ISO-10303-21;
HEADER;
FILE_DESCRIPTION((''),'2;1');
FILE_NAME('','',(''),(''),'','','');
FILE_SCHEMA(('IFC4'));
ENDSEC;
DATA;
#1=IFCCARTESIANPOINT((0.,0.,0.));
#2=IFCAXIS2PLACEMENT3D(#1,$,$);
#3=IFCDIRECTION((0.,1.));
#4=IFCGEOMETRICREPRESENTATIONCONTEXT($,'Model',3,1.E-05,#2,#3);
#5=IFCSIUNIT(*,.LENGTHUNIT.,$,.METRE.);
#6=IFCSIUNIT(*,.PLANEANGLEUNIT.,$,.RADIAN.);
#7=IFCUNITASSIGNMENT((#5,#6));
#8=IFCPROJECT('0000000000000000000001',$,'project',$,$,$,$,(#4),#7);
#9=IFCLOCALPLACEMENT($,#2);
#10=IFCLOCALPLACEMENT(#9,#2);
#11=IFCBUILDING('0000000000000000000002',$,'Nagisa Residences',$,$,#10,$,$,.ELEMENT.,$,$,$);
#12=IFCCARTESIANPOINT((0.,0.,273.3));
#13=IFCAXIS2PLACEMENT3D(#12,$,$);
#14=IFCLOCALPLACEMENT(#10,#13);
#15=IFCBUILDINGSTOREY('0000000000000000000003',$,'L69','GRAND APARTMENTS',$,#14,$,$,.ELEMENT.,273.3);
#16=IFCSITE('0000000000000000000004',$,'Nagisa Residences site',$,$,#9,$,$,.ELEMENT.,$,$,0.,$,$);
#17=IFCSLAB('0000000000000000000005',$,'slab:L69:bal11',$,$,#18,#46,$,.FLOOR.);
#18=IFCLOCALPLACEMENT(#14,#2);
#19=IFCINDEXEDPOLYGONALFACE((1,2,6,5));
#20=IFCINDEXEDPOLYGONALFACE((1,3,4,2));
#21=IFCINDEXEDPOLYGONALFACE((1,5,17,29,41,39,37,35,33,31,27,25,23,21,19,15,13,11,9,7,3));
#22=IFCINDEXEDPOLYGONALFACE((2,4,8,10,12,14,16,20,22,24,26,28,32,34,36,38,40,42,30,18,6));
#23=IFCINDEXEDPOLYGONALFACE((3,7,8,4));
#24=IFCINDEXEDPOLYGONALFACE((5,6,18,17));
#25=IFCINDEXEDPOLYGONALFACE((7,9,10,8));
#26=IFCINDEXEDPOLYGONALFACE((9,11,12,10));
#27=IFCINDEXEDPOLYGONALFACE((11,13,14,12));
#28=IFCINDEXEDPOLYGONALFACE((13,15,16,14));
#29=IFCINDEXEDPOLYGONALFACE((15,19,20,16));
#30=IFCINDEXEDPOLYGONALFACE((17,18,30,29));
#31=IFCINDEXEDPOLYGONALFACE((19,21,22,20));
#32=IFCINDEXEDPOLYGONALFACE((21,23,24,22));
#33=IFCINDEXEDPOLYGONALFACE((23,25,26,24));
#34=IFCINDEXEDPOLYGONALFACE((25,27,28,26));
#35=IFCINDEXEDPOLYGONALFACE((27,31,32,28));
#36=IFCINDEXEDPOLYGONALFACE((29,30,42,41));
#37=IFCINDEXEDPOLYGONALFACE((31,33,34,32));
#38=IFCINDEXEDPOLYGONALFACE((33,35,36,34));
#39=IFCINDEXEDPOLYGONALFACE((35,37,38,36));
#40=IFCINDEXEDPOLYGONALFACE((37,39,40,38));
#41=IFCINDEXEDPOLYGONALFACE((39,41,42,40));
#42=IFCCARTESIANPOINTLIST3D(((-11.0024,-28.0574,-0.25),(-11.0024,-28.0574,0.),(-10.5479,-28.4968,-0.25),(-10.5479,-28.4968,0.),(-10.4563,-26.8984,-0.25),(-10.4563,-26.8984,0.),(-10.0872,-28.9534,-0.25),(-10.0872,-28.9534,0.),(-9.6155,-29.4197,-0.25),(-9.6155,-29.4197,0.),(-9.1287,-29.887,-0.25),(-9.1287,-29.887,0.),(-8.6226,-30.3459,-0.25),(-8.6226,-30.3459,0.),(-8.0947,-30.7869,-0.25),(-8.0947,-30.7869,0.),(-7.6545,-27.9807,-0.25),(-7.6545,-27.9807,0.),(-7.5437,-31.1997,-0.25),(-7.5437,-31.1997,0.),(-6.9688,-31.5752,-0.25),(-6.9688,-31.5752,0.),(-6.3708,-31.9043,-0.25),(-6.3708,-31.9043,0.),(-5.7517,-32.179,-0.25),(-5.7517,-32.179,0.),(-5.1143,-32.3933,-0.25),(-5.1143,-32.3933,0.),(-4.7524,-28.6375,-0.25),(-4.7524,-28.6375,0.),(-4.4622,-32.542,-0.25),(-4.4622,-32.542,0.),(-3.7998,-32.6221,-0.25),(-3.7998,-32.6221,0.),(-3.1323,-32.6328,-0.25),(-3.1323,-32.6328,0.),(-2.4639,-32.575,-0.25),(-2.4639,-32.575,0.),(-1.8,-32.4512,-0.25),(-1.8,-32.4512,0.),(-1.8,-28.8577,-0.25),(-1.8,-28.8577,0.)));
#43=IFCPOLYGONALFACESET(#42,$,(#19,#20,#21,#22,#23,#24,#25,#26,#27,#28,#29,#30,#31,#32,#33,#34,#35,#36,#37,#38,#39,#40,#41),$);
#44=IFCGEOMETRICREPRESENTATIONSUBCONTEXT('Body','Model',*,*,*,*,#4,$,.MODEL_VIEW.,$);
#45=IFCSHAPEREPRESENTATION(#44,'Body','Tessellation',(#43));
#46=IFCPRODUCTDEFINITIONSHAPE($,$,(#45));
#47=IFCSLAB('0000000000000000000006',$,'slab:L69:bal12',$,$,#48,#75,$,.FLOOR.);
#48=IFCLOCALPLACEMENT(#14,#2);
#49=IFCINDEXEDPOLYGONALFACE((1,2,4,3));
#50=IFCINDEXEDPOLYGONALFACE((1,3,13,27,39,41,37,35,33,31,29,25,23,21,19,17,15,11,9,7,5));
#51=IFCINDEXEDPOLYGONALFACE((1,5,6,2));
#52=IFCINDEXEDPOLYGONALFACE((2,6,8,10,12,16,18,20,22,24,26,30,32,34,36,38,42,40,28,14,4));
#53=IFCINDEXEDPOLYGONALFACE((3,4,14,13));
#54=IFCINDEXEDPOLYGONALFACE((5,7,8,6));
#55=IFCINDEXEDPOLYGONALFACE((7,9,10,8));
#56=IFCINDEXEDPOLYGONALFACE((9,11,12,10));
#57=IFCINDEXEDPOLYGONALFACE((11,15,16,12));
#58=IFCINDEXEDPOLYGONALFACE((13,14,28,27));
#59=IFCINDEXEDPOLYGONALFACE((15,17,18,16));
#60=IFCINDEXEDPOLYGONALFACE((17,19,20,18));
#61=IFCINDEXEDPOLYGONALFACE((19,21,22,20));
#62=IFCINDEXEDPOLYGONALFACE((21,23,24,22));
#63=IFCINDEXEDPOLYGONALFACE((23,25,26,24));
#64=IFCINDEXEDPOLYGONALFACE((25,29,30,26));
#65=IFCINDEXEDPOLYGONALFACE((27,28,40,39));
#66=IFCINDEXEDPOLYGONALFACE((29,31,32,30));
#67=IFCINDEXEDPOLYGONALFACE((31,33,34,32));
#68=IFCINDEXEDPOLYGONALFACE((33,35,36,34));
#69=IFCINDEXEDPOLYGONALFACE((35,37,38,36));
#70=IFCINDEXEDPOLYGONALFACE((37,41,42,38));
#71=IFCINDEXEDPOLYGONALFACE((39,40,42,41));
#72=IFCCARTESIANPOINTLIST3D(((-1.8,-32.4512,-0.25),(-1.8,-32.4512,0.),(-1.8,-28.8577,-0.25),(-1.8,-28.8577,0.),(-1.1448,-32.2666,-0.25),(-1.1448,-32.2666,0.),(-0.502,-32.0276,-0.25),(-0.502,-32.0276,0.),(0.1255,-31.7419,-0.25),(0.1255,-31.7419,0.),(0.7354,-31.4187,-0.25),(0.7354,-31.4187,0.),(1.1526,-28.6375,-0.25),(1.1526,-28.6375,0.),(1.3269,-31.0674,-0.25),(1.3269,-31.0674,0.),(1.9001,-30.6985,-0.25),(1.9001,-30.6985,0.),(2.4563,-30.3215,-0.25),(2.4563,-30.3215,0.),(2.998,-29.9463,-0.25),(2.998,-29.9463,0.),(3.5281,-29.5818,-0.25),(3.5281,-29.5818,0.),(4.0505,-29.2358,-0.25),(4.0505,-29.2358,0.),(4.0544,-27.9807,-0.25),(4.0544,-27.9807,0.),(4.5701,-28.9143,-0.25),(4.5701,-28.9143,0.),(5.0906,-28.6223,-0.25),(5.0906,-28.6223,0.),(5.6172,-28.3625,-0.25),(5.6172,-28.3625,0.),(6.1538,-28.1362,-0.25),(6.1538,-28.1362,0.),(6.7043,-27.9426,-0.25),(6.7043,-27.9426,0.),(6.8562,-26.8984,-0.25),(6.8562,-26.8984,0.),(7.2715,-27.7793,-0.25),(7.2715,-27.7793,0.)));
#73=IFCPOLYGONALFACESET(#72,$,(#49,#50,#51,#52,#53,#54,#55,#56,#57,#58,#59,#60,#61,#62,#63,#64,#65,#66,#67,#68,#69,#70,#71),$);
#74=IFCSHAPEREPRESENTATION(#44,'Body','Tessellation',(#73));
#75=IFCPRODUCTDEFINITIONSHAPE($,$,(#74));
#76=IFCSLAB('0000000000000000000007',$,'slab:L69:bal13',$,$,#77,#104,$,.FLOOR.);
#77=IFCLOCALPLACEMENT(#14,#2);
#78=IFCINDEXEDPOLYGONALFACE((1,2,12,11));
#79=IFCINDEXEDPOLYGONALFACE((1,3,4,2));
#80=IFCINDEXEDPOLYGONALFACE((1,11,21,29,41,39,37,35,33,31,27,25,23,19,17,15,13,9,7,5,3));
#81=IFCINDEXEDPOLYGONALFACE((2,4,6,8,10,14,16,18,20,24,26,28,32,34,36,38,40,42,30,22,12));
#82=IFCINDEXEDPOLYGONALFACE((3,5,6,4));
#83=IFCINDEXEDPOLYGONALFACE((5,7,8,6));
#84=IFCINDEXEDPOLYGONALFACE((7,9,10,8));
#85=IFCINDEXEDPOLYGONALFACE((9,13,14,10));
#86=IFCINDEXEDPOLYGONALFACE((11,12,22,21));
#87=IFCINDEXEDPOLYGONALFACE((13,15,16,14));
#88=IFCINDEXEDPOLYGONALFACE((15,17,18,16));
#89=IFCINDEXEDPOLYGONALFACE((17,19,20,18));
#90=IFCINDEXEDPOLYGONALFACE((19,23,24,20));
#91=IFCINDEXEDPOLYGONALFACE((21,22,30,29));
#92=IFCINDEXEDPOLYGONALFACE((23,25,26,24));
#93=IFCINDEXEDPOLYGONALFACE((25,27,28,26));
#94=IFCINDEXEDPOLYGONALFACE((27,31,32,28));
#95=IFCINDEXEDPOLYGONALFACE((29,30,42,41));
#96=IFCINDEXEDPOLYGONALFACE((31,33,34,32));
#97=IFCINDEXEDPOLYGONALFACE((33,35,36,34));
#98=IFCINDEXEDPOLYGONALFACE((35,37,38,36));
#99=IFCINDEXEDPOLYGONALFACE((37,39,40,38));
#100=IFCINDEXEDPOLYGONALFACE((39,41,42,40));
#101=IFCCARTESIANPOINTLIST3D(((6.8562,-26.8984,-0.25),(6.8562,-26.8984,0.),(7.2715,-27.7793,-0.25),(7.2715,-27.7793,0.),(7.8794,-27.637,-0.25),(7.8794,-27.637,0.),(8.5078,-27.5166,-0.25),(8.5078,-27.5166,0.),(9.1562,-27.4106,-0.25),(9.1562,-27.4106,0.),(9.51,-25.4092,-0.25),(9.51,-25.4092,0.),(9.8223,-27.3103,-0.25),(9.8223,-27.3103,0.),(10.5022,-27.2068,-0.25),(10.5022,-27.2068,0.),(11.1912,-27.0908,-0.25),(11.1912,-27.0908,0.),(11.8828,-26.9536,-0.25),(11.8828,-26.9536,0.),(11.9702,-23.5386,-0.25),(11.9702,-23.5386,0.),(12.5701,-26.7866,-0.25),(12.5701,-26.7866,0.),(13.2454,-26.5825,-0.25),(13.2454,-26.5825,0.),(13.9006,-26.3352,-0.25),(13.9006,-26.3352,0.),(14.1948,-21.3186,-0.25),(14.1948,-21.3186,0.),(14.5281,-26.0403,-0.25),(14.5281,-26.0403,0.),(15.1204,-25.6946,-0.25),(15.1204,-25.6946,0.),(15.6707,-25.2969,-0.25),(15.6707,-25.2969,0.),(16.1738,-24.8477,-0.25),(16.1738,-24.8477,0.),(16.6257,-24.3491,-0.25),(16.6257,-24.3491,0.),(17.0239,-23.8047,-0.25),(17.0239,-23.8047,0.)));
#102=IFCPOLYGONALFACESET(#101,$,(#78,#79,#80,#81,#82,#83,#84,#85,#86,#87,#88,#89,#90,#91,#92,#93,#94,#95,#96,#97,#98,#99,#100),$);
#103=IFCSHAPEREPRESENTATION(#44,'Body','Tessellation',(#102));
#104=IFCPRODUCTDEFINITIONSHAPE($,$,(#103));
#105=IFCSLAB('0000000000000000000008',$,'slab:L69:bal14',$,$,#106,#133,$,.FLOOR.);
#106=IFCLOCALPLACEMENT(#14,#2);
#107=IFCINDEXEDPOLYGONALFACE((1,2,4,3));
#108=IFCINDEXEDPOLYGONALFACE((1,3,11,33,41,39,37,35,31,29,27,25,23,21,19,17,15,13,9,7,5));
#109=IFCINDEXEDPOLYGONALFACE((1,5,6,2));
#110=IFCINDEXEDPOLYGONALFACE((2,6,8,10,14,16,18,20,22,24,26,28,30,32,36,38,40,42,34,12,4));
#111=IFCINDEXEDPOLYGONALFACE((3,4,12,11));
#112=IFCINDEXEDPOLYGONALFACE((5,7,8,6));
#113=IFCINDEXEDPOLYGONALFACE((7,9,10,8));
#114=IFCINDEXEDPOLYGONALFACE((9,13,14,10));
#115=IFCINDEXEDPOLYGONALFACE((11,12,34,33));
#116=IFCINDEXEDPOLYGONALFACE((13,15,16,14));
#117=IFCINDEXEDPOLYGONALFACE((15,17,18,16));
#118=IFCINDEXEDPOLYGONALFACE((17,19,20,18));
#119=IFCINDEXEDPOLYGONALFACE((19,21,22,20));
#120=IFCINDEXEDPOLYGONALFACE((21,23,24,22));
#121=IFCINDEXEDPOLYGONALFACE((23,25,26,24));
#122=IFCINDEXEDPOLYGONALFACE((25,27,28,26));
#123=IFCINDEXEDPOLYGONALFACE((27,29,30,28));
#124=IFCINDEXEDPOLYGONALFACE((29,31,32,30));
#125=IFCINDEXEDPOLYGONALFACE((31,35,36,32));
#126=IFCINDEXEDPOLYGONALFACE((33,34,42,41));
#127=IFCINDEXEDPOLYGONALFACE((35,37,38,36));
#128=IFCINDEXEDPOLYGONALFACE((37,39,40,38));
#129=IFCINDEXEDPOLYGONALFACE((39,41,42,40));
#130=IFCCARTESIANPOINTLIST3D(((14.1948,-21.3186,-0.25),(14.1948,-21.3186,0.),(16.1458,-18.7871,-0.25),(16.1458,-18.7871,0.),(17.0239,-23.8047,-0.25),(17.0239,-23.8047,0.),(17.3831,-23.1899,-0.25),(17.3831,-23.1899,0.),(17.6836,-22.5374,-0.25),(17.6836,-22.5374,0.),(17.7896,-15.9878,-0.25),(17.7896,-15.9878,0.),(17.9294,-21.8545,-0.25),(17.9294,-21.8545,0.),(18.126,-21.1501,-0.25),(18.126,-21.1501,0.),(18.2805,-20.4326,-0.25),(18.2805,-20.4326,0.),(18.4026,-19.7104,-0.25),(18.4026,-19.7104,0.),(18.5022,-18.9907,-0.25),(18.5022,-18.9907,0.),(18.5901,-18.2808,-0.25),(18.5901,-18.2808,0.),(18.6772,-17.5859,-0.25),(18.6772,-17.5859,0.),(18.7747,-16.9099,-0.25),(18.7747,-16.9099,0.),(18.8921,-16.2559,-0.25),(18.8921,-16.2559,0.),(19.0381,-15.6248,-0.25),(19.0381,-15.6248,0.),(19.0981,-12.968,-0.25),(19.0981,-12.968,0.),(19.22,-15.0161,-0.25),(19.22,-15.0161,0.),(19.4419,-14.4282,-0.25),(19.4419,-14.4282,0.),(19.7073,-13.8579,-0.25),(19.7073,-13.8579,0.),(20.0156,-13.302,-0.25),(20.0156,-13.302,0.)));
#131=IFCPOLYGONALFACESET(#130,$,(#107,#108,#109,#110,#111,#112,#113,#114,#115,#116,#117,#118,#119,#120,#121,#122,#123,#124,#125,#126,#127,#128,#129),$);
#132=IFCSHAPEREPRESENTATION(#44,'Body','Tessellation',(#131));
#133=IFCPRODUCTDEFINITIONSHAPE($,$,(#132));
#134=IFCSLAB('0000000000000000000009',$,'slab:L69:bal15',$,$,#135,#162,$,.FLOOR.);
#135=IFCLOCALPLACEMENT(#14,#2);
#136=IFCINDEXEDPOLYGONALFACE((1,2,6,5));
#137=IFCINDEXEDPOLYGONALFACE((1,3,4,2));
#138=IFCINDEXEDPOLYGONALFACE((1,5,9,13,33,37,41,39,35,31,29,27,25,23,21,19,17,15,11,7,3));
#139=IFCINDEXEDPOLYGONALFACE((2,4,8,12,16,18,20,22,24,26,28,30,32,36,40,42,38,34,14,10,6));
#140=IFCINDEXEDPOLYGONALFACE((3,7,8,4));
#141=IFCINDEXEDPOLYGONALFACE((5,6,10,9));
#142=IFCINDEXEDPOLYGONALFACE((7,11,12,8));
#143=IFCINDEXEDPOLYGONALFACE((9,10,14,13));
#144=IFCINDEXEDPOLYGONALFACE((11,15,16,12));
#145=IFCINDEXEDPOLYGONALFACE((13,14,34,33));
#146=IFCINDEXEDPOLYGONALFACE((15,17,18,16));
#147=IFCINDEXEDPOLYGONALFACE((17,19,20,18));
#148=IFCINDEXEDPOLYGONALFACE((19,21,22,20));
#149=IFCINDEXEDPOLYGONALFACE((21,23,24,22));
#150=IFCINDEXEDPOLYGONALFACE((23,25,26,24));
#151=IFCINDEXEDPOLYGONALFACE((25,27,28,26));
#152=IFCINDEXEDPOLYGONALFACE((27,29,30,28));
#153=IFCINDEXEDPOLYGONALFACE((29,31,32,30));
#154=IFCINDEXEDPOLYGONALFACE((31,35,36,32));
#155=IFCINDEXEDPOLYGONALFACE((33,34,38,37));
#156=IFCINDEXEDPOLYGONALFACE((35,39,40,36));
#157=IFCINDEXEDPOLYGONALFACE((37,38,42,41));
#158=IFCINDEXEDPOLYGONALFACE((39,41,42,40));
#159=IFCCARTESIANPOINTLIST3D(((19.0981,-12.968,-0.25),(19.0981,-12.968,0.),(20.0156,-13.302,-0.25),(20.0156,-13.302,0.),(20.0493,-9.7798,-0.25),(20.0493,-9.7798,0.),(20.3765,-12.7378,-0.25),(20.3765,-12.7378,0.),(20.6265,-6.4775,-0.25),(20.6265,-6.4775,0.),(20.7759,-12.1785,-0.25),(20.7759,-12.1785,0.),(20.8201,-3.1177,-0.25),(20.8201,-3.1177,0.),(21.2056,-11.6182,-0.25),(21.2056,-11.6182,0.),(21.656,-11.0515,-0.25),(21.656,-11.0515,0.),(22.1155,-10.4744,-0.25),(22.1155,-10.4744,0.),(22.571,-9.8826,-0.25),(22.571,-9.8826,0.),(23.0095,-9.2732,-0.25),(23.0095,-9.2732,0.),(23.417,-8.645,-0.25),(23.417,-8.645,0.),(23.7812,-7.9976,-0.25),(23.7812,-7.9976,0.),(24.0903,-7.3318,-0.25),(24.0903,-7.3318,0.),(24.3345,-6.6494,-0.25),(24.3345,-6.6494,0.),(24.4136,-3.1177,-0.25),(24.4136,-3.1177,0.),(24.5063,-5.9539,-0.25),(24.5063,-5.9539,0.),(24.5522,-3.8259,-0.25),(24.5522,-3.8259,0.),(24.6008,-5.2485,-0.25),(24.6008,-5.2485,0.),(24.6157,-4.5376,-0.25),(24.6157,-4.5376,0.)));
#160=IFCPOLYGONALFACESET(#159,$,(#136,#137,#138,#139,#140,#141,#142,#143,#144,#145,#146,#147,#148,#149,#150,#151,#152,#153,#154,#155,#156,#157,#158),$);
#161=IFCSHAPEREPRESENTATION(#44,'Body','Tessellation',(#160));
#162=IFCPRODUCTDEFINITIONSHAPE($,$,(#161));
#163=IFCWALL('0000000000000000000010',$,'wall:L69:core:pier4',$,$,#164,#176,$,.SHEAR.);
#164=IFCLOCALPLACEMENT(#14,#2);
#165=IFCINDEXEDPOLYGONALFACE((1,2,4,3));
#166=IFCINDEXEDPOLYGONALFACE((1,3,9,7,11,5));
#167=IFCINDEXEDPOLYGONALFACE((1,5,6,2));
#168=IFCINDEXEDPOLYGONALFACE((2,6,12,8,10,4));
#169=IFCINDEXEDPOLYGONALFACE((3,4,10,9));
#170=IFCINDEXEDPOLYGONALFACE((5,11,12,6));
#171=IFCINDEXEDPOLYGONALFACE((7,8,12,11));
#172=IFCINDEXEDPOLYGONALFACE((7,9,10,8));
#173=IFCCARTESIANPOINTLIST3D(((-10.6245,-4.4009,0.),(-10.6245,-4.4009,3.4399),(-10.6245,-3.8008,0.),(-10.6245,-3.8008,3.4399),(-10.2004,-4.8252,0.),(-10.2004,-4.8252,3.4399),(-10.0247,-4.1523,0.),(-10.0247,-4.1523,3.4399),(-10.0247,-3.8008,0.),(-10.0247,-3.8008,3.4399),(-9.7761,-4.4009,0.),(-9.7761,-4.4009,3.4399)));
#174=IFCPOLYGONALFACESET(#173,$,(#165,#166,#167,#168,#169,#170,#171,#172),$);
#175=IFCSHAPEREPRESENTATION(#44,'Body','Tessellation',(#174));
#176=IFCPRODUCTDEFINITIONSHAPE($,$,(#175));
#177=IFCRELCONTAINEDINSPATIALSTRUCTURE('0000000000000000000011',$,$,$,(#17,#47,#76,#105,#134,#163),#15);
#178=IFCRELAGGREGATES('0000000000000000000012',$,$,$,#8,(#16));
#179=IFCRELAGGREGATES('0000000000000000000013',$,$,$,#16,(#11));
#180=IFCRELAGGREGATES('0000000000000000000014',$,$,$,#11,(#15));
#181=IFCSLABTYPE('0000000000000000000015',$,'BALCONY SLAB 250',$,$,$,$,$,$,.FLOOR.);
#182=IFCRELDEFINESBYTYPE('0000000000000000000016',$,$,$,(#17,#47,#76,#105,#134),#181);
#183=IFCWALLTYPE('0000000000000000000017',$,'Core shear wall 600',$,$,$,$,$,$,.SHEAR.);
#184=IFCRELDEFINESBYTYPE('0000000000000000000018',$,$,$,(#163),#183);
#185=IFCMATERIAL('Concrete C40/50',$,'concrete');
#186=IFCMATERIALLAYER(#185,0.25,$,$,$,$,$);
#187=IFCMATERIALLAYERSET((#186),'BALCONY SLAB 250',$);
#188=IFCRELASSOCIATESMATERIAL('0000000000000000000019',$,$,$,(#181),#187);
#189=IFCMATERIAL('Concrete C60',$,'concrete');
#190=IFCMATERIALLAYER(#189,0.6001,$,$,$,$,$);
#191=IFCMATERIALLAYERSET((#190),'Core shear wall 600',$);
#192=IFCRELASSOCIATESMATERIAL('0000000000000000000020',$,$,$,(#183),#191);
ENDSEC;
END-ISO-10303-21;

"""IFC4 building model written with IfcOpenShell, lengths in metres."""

from ifc_helpers import new_model, si_unit, direction, frame, origin, place, context, subcontext, project, spatial, polyline, outline, extrude, material, layer, layer_set, type_object, element, save


model = new_model("IFC4")

# Units and contexts
model_context = context("Model", 3, precision=1e-05, world=origin(), true_north=direction((0.0, 1.0)))
body_context = subcontext(model_context, "Body", "Model", "MODEL_VIEW")
ifc_project = project(units=[si_unit("LENGTHUNIT", "METRE"), si_unit("PLANEANGLEUNIT", "RADIAN")], contexts=[model_context])

# Site, building, storey
site_placement = place(None, origin())
site = spatial("IfcSite", under=ifc_project, at=site_placement, Name="Nagisa Residences site", CompositionType="ELEMENT", RefElevation=0.0)
building_placement = place(site_placement, origin())
building = spatial("IfcBuilding", under=site, at=building_placement, Name="Nagisa Residences", CompositionType="ELEMENT")
storey_placement = place(building_placement, frame((0.0, 0.0, 273.3)))
storey = spatial("IfcBuildingStorey", under=building, at=storey_placement, Name="L69", Description="GRAND APARTMENTS", CompositionType="ELEMENT", Elevation=273.3)

# Slabs
ifc_material_1 = material(Name="Concrete C40/50", Category="concrete")
ifc_layer_1 = layer(ifc_material_1, 0.25)
ifc_layer_set_1 = layer_set([ifc_layer_1], Name="BALCONY SLAB 250")
slab_type = type_object("IfcSlabType", Name="BALCONY SLAB 250", PredefinedType="FLOOR", material=ifc_layer_set_1)
slab_1_placement = place(storey_placement, frame((0.0, 0.0, -0.25)))
element("IfcSlab", 1, at=slab_1_placement, inside=storey, type_object=slab_type, Name="slab:L69:bal11", PredefinedType="FLOOR", context=body_context, shape_type="SweptSolid", body=[
    extrude(outline(polyline([(-11.0024, -28.0574), (-10.5479, -28.4968), (-10.0872, -28.9534), (-9.6155, -29.4197), (-9.1287, -29.887), (-8.6226, -30.3459), (-8.0947, -30.7869), (-7.5437, -31.1997), (-6.9688, -31.5752), (-6.3708, -31.9043), (-5.7517, -32.179), (-5.1143, -32.3933), (-4.4622, -32.542), (-3.7998, -32.6221), (-3.1323, -32.6328), (-2.4639, -32.575), (-1.8, -32.4512), (-1.8, -28.8577), (-4.7524, -28.6375), (-7.6545, -27.9807), (-10.4563, -26.8984), (-11.0024, -28.0574)])), origin(), (0.0, 0.0, 1.0), 0.25),
])
slab_2_placement = place(storey_placement, frame((0.0, 0.0, -0.25)))
element("IfcSlab", 2, at=slab_2_placement, inside=storey, type_object=slab_type, Name="slab:L69:bal12", PredefinedType="FLOOR", context=body_context, shape_type="SweptSolid", body=[
    extrude(outline(polyline([(-1.8, -32.4512), (-1.1448, -32.2666), (-0.502, -32.0276), (0.1255, -31.7419), (0.7354, -31.4187), (1.3269, -31.0674), (1.9001, -30.6985), (2.4563, -30.3215), (2.998, -29.9463), (3.5281, -29.5818), (4.0505, -29.2358), (4.5701, -28.9143), (5.0906, -28.6223), (5.6172, -28.3625), (6.1538, -28.1362), (6.7043, -27.9426), (7.2715, -27.7793), (6.8562, -26.8984), (4.0544, -27.9807), (1.1526, -28.6375), (-1.8, -28.8577), (-1.8, -32.4512)])), origin(), (0.0, 0.0, 1.0), 0.25),
])
slab_3_placement = place(storey_placement, frame((0.0, 0.0, -0.25)))
element("IfcSlab", 3, at=slab_3_placement, inside=storey, type_object=slab_type, Name="slab:L69:bal13", PredefinedType="FLOOR", context=body_context, shape_type="SweptSolid", body=[
    extrude(outline(polyline([(7.2715, -27.7793), (7.8794, -27.637), (8.5078, -27.5166), (9.1562, -27.4106), (9.8223, -27.3103), (10.5022, -27.2068), (11.1912, -27.0908), (11.8828, -26.9536), (12.5701, -26.7866), (13.2454, -26.5825), (13.9006, -26.3352), (14.5281, -26.0403), (15.1204, -25.6946), (15.6707, -25.2969), (16.1738, -24.8477), (16.6257, -24.3491), (17.0239, -23.8047), (14.1948, -21.3186), (11.9702, -23.5386), (9.51, -25.4092), (6.8562, -26.8984), (7.2715, -27.7793)])), origin(), (0.0, 0.0, 1.0), 0.25),
])
slab_4_placement = place(storey_placement, frame((0.0, 0.0, -0.25)))
element("IfcSlab", 4, at=slab_4_placement, inside=storey, type_object=slab_type, Name="slab:L69:bal14", PredefinedType="FLOOR", context=body_context, shape_type="SweptSolid", body=[
    extrude(outline(polyline([(17.0239, -23.8047), (17.3831, -23.1899), (17.6836, -22.5374), (17.9294, -21.8545), (18.126, -21.1501), (18.2805, -20.4326), (18.4026, -19.7104), (18.5022, -18.9907), (18.5901, -18.2808), (18.6772, -17.5859), (18.7747, -16.9099), (18.8921, -16.2559), (19.0381, -15.6248), (19.22, -15.0161), (19.4419, -14.4282), (19.7073, -13.8579), (20.0156, -13.302), (19.0981, -12.968), (17.7896, -15.9878), (16.1458, -18.7871), (14.1948, -21.3186), (17.0239, -23.8047)])), origin(), (0.0, 0.0, 1.0), 0.25),
])
slab_5_placement = place(storey_placement, frame((0.0, 0.0, -0.25)))
element("IfcSlab", 5, at=slab_5_placement, inside=storey, type_object=slab_type, Name="slab:L69:bal15", PredefinedType="FLOOR", context=body_context, shape_type="SweptSolid", body=[
    extrude(outline(polyline([(20.0156, -13.302), (20.3765, -12.7378), (20.7759, -12.1785), (21.2056, -11.6182), (21.656, -11.0515), (22.1155, -10.4744), (22.571, -9.8826), (23.0095, -9.2732), (23.417, -8.645), (23.7812, -7.9976), (24.0903, -7.3318), (24.3345, -6.6494), (24.5063, -5.9539), (24.6008, -5.2485), (24.6157, -4.5376), (24.5522, -3.8259), (24.4136, -3.1177), (20.8201, -3.1177), (20.6265, -6.4775), (20.0493, -9.7798), (19.0981, -12.968), (20.0156, -13.302)])), origin(), (0.0, 0.0, 1.0), 0.25),
])

# Wall
ifc_material_2 = material(Name="Concrete C60", Category="concrete")
ifc_layer_2 = layer(ifc_material_2, 0.6001)
ifc_layer_set_2 = layer_set([ifc_layer_2], Name="Core shear wall 600")
wall_type_1 = type_object("IfcWallType", Name="Core shear wall 600", PredefinedType="SHEAR", material=ifc_layer_set_2)
wall_1_placement = place(storey_placement, origin())
element("IfcWall", 6, at=wall_1_placement, inside=storey, type_object=wall_type_1, Name="wall:L69:core:pier4", PredefinedType="SHEAR", context=body_context, shape_type="SweptSolid", body=[
    extrude(outline(polyline([(-10.6245, -3.8008), (-10.0247, -3.8008), (-10.0247, -4.1523), (-9.7761, -4.4009), (-10.2004, -4.8252), (-10.6245, -4.4009), (-10.6245, -3.8008)])), origin(), (0.0, 0.0, 1.0), 3.4399),
])

save(model, "model.ifc")
